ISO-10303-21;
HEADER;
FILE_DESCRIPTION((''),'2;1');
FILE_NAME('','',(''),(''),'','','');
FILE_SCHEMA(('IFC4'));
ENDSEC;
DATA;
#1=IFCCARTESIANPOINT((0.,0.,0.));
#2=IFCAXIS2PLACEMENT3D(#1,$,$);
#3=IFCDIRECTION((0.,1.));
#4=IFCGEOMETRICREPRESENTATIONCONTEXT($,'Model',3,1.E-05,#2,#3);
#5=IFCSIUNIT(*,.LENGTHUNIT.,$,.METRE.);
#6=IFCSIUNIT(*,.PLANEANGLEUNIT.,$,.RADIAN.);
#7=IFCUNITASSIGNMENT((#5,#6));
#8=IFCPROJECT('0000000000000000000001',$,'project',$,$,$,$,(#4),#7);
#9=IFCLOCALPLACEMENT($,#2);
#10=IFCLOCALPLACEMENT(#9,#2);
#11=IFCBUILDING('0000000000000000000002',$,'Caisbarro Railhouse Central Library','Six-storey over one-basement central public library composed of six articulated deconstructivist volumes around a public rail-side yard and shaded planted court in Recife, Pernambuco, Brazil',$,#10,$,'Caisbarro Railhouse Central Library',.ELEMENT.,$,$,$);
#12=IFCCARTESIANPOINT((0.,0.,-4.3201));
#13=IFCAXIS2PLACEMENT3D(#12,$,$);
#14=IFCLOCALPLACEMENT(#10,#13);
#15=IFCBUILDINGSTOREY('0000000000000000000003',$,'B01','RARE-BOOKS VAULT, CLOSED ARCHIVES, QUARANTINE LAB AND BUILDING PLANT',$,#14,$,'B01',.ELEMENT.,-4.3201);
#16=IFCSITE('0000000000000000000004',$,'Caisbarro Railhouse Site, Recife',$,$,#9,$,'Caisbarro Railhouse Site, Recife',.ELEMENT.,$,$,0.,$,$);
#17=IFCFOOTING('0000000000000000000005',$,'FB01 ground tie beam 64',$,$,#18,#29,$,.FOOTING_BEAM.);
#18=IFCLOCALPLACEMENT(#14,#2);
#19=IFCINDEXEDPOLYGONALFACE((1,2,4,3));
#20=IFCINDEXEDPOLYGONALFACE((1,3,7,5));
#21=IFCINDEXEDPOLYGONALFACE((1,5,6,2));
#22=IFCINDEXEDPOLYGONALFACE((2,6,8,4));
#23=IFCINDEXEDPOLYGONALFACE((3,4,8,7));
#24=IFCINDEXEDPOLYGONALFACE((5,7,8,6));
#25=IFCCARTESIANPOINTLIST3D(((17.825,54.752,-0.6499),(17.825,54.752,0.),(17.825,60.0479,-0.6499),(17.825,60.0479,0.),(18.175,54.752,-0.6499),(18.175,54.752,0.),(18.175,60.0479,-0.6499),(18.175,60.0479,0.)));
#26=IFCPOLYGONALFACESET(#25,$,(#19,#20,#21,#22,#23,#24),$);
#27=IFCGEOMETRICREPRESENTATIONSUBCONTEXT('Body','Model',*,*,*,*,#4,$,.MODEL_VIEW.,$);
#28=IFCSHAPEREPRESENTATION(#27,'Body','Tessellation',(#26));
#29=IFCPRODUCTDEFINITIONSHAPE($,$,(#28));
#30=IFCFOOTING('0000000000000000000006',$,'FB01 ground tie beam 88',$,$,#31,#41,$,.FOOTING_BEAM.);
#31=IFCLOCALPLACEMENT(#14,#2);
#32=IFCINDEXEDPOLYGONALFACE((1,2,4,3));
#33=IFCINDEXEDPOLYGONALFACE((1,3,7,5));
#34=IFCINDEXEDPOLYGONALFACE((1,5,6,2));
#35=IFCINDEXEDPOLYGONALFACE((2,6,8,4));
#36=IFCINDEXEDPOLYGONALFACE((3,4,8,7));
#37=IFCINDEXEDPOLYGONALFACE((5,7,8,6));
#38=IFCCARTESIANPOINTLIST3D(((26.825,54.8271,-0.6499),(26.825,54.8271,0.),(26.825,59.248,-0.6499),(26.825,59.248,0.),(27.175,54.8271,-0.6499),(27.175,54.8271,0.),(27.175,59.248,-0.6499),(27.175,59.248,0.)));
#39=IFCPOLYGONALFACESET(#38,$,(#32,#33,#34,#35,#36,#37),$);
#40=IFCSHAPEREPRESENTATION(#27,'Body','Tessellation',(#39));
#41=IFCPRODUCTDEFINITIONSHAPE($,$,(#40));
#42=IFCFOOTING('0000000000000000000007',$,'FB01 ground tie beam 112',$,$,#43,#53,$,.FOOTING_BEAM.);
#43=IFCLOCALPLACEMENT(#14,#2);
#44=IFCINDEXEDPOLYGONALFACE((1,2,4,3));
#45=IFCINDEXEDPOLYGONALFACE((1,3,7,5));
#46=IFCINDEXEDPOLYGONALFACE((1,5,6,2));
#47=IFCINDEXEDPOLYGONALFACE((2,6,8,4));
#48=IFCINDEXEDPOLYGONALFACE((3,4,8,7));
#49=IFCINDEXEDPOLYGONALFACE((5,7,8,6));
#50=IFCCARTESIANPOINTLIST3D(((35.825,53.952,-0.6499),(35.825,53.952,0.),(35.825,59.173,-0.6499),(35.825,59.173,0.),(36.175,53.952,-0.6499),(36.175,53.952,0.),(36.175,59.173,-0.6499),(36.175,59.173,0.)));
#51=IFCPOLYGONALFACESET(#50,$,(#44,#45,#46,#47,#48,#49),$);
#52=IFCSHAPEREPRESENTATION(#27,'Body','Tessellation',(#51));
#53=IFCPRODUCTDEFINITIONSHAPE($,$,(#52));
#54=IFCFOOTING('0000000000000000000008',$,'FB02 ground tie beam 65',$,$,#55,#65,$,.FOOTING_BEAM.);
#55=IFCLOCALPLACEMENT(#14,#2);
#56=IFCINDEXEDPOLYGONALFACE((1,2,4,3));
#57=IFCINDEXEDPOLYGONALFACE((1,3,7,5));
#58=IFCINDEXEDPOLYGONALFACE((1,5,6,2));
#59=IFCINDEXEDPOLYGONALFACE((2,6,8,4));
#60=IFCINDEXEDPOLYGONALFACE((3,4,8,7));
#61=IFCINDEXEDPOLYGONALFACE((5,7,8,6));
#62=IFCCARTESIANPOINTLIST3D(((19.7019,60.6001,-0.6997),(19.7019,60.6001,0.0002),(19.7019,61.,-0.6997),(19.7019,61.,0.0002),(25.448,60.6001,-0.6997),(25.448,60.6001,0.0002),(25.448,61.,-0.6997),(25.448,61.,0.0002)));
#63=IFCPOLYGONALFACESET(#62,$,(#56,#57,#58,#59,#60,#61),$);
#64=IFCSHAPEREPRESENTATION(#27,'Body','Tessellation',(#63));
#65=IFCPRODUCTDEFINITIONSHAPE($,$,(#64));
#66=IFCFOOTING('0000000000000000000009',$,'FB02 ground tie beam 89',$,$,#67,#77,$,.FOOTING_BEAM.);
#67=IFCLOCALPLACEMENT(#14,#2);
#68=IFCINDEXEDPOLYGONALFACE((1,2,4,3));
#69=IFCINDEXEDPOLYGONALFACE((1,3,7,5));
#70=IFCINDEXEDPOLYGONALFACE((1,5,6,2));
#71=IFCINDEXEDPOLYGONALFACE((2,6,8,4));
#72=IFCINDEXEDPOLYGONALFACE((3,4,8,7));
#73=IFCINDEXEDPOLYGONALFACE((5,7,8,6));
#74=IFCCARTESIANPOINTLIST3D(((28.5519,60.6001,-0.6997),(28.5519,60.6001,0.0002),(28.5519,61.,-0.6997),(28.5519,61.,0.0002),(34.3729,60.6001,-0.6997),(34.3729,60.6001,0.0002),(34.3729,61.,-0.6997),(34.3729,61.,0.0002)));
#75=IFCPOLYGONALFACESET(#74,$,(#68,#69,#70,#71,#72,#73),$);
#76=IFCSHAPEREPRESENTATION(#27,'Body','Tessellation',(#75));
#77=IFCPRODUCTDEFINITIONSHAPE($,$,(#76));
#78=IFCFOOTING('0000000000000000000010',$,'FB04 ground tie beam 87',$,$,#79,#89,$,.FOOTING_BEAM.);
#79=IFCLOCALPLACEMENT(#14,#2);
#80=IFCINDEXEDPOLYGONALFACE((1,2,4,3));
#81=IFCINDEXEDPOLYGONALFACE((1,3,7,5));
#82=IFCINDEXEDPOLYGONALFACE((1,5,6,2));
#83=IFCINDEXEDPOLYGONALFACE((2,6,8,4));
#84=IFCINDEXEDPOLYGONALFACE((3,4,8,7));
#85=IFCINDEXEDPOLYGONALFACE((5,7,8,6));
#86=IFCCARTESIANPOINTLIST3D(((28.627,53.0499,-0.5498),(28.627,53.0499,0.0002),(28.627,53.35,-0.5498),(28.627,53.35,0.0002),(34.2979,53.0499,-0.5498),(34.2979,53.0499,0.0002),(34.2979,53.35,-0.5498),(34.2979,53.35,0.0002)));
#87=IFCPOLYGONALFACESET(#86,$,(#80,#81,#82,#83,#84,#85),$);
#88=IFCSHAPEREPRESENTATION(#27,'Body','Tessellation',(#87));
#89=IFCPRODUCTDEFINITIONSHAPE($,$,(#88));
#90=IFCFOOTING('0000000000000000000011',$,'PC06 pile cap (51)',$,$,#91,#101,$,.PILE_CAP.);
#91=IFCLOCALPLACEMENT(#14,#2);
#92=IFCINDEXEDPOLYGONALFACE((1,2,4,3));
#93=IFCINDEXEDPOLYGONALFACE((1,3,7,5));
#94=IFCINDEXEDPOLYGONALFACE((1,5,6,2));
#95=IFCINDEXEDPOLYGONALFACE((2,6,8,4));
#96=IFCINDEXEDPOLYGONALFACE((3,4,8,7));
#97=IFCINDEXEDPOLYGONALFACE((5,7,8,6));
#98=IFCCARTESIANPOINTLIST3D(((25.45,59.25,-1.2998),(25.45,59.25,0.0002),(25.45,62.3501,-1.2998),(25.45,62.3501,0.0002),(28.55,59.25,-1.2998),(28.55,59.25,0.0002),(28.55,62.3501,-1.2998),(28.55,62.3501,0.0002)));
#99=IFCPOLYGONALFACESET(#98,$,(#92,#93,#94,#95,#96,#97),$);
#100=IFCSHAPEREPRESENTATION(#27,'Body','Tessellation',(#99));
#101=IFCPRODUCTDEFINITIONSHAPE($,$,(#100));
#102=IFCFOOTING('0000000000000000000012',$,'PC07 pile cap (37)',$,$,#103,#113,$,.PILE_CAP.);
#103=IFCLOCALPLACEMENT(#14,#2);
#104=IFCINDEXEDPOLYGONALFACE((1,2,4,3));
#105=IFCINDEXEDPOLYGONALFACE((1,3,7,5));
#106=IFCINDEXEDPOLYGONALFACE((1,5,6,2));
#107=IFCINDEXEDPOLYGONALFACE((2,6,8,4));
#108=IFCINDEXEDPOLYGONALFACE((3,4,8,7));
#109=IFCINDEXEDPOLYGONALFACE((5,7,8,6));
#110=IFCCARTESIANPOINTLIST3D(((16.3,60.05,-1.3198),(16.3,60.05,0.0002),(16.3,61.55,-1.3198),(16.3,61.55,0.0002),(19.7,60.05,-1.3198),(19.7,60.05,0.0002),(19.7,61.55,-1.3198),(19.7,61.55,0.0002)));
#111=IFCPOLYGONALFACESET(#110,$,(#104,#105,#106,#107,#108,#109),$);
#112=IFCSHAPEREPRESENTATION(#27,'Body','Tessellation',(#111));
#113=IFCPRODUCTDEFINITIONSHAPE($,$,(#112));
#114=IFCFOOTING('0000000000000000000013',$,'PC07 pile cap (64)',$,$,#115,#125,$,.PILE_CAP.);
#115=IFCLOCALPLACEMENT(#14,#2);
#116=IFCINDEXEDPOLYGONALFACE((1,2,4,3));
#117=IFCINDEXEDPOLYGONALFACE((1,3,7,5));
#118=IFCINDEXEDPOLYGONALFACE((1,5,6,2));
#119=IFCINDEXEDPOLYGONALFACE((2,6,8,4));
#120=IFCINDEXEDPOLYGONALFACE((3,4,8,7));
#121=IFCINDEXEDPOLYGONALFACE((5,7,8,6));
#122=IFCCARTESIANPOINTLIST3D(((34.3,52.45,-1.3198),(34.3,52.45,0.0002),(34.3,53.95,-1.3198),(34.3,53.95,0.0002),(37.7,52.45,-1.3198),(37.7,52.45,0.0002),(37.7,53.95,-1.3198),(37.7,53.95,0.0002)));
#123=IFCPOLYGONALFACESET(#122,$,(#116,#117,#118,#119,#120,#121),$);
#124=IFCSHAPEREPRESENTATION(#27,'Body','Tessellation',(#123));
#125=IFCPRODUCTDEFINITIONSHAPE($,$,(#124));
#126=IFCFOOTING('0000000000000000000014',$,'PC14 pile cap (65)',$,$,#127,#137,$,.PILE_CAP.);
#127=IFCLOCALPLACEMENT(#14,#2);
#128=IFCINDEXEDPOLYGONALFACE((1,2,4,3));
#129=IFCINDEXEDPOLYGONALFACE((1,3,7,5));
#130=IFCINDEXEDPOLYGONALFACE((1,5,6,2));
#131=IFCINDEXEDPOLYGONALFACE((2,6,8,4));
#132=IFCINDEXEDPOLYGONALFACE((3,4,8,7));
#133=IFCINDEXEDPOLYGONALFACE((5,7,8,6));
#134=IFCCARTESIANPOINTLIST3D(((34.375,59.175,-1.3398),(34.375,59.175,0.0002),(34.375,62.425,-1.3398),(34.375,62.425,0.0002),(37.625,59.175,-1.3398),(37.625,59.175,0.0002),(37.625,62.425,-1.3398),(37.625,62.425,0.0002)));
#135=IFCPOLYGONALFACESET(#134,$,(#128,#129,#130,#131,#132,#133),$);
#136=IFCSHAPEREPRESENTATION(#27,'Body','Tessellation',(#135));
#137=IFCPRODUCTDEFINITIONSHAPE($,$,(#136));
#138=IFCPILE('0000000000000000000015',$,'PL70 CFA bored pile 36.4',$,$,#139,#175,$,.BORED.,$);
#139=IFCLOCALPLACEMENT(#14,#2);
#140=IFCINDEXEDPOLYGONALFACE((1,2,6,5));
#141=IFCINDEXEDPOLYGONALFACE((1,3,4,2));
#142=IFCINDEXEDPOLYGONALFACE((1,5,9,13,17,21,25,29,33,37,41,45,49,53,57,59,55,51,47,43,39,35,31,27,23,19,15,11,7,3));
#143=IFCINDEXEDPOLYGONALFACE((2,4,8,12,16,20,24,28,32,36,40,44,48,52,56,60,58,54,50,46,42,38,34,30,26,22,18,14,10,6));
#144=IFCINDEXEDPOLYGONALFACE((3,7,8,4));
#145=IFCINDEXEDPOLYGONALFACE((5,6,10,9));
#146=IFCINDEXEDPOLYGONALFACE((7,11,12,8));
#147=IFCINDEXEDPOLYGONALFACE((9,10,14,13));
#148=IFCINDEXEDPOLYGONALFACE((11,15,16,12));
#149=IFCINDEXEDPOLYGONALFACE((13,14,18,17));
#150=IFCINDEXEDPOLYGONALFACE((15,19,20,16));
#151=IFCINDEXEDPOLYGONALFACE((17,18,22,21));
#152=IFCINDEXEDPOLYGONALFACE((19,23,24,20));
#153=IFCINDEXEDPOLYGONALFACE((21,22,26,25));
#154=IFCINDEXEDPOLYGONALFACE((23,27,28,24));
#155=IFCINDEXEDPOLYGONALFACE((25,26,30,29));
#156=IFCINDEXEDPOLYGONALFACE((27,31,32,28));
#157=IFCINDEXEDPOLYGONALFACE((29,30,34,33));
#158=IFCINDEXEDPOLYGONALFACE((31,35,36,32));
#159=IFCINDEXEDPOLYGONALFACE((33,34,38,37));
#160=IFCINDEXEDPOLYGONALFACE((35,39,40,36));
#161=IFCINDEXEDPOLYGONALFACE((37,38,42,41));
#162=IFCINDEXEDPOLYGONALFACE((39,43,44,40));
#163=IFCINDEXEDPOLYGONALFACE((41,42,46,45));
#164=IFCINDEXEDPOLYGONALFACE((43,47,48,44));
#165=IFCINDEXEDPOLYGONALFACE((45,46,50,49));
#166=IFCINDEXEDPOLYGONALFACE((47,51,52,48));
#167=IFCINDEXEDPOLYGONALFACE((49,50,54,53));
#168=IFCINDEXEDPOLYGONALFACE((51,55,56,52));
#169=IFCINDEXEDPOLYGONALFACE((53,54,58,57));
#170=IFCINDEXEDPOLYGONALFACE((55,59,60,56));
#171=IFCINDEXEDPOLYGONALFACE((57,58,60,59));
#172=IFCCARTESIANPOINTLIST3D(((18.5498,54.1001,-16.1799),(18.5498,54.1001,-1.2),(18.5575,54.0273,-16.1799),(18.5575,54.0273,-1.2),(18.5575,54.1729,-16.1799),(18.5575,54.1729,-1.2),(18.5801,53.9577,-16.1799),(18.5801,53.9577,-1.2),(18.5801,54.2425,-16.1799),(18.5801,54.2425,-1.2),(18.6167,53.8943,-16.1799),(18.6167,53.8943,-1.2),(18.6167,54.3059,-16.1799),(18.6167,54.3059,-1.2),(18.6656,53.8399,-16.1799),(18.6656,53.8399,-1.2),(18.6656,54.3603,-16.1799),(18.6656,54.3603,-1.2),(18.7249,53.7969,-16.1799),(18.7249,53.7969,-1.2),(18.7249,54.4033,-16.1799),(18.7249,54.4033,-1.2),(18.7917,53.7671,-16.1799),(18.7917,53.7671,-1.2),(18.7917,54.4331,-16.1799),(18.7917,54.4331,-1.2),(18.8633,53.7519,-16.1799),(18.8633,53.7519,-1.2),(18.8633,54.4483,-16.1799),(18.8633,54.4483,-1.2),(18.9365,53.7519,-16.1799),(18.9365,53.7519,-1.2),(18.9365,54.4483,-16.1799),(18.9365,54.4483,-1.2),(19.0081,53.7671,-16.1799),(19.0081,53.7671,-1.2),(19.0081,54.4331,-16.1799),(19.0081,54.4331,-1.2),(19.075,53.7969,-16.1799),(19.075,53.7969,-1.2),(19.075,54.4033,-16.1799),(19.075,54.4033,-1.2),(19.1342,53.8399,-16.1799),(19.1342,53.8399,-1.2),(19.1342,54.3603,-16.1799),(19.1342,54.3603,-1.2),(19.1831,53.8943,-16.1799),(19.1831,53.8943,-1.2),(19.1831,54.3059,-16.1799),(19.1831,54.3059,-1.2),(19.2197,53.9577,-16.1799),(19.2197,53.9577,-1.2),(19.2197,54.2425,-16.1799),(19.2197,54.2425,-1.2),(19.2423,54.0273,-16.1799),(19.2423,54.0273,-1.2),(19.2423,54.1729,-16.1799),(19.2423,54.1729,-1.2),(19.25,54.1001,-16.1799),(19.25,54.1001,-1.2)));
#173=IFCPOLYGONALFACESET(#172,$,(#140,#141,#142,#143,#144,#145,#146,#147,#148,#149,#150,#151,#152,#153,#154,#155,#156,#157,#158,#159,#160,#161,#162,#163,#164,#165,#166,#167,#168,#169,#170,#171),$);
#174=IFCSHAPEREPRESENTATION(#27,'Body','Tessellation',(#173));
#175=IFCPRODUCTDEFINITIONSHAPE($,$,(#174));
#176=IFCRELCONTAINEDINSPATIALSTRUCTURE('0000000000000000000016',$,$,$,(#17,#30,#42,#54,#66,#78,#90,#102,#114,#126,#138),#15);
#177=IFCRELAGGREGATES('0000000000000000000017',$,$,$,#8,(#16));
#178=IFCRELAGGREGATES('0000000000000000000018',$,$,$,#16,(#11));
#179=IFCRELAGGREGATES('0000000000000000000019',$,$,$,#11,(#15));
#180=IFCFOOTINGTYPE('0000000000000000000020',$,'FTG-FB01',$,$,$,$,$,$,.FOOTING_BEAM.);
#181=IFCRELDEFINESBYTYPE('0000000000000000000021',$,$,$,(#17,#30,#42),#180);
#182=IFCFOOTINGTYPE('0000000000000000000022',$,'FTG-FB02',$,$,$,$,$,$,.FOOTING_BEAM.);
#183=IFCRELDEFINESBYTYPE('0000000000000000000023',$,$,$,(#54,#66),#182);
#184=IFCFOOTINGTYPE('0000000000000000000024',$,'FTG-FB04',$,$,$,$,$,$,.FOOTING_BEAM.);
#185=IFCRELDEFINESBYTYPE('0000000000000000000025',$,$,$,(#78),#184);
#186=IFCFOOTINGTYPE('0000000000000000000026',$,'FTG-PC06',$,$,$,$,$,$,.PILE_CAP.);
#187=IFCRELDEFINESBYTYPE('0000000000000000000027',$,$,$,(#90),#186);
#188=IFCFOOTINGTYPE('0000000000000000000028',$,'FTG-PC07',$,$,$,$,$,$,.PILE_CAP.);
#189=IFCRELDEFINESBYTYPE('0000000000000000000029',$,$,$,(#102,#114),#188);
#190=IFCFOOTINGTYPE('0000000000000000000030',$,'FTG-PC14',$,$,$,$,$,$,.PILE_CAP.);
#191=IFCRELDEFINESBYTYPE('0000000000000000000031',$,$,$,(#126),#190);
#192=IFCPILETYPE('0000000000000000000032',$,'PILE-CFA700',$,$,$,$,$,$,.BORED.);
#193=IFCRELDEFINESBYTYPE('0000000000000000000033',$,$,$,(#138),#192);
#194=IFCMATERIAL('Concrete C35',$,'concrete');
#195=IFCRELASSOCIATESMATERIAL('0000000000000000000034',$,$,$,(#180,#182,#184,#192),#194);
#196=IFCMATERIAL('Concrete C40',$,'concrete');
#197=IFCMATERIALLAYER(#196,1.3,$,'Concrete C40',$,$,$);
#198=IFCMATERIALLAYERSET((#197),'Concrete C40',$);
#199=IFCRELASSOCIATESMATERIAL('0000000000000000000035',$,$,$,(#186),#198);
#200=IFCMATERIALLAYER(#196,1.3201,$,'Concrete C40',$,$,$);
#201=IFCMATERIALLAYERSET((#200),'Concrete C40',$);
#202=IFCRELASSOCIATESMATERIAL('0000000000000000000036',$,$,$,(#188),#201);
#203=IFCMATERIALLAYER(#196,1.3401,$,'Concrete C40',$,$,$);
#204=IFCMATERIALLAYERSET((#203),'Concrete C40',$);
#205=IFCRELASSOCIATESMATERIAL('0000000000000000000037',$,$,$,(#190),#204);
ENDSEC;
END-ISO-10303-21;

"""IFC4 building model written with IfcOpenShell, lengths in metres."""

from ifc_helpers import new_model, si_unit, direction, frame, origin, origin_2d, place, context, subcontext, project, spatial, rectangle, circle, extrude, material, layer, layer_set, material_profile, profile_set, type_object, element, save


model = new_model("IFC4")

# Units and contexts
model_context = context("Model", 3, precision=1e-05, world=origin(), true_north=direction((0.0, 1.0)))
body_context = subcontext(model_context, "Body", "Model", "MODEL_VIEW")
ifc_project = project(units=[si_unit("LENGTHUNIT", "METRE"), si_unit("PLANEANGLEUNIT", "RADIAN")], contexts=[model_context])

# Site, building, storey
site_placement = place(None, origin())
site = spatial("IfcSite", under=ifc_project, at=site_placement, Name="Caisbarro Railhouse Site, Recife", LongName="Caisbarro Railhouse Site, Recife", CompositionType="ELEMENT", RefElevation=0.0)
building_placement = place(site_placement, origin())
building = spatial("IfcBuilding", under=site, at=building_placement, Name="Caisbarro Railhouse Central Library", Description="Six-storey over one-basement central public library composed of six articulated deconstructivist volumes around a public rail-side yard and shaded planted court in Recife, Pernambuco, Brazil", LongName="Caisbarro Railhouse Central Library", CompositionType="ELEMENT")
storey_placement = place(building_placement, frame((0.0, 0.0, -4.3201)))
storey = spatial("IfcBuildingStorey", under=building, at=storey_placement, Name="B01", Description="RARE-BOOKS VAULT, CLOSED ARCHIVES, QUARANTINE LAB AND BUILDING PLANT", LongName="B01", CompositionType="ELEMENT", Elevation=-4.3201)

# Footings
ifc_material_1 = material(Name="Concrete C35", Category="concrete")
footing_type_1 = type_object("IfcFootingType", Name="FTG-FB01", PredefinedType="FOOTING_BEAM", material=ifc_material_1)
footing_1_placement = place(storey_placement, frame((18.0, 57.3999, -0.6499), z_axis=(0.0, 0.0, 1.0), x_axis=(0.0, 1.0, 0.0)))
element("IfcFooting", 1, at=footing_1_placement, inside=storey, type_object=footing_type_1, Name="FB01 ground tie beam 64", PredefinedType="FOOTING_BEAM", context=body_context, shape_type="SweptSolid", body=[
    extrude(rectangle(XDim=5.2959, YDim=0.3501, at=origin_2d()), origin(), (0.0, 0.0, 1.0), 0.6499),
])
footing_2_placement = place(storey_placement, frame((27.0, 57.0376, -0.6499), z_axis=(0.0, 0.0, 1.0), x_axis=(0.0, 1.0, 0.0)))
element("IfcFooting", 2, at=footing_2_placement, inside=storey, type_object=footing_type_1, Name="FB01 ground tie beam 88", PredefinedType="FOOTING_BEAM", context=body_context, shape_type="SweptSolid", body=[
    extrude(rectangle(XDim=4.4209, YDim=0.3501, at=origin_2d()), origin(), (0.0, 0.0, 1.0), 0.6499),
])
footing_3_placement = place(storey_placement, frame((36.0, 56.5625, -0.6499), z_axis=(0.0, 0.0, 1.0), x_axis=(0.0, 1.0, 0.0)))
element("IfcFooting", 3, at=footing_3_placement, inside=storey, type_object=footing_type_1, Name="FB01 ground tie beam 112", PredefinedType="FOOTING_BEAM", context=body_context, shape_type="SweptSolid", body=[
    extrude(rectangle(XDim=5.2209, YDim=0.3501, at=origin_2d()), origin(), (0.0, 0.0, 1.0), 0.6499),
])
footing_type_2 = type_object("IfcFootingType", Name="FTG-FB02", PredefinedType="FOOTING_BEAM", material=ifc_material_1)
footing_4_placement = place(storey_placement, frame((22.575, 60.8, -0.6997), z_axis=(0.0, 0.0, 1.0), x_axis=(1.0, 0.0, 0.0)))
element("IfcFooting", 4, at=footing_4_placement, inside=storey, type_object=footing_type_2, Name="FB02 ground tie beam 65", PredefinedType="FOOTING_BEAM", context=body_context, shape_type="SweptSolid", body=[
    extrude(rectangle(XDim=5.7461, YDim=0.3999, at=origin_2d()), origin(), (0.0, 0.0, 1.0), 0.7),
])
footing_5_placement = place(storey_placement, frame((31.4624, 60.8, -0.6997), z_axis=(0.0, 0.0, 1.0), x_axis=(1.0, 0.0, 0.0)))
element("IfcFooting", 5, at=footing_5_placement, inside=storey, type_object=footing_type_2, Name="FB02 ground tie beam 89", PredefinedType="FOOTING_BEAM", context=body_context, shape_type="SweptSolid", body=[
    extrude(rectangle(XDim=5.821, YDim=0.3999, at=origin_2d()), origin(), (0.0, 0.0, 1.0), 0.7),
])
footing_type_3 = type_object("IfcFootingType", Name="FTG-FB04", PredefinedType="FOOTING_BEAM", material=ifc_material_1)
footing_6_placement = place(storey_placement, frame((31.4624, 53.2, -0.5498), z_axis=(0.0, 0.0, 1.0), x_axis=(1.0, 0.0, 0.0)))
element("IfcFooting", 6, at=footing_6_placement, inside=storey, type_object=footing_type_3, Name="FB04 ground tie beam 87", PredefinedType="FOOTING_BEAM", context=body_context, shape_type="SweptSolid", body=[
    extrude(rectangle(XDim=5.6709, YDim=0.3, at=origin_2d()), origin(), (0.0, 0.0, 1.0), 0.55),
])
ifc_material_2 = material(Name="Concrete C40", Category="concrete")
ifc_layer_1 = layer(ifc_material_2, 1.3, Name="Concrete C40")
ifc_layer_set_1 = layer_set([ifc_layer_1], Name="Concrete C40")
footing_type_4 = type_object("IfcFootingType", Name="FTG-PC06", PredefinedType="PILE_CAP", material=ifc_layer_set_1)
footing_7_placement = place(storey_placement, frame((27.0, 60.8, -1.2998), z_axis=(0.0, 0.0, 1.0), x_axis=(1.0, 0.0, 0.0)))
element("IfcFooting", 7, at=footing_7_placement, inside=storey, type_object=footing_type_4, Name="PC06 pile cap (51)", PredefinedType="PILE_CAP", context=body_context, shape_type="SweptSolid", body=[
    extrude(rectangle(XDim=3.1001, YDim=3.1001, at=origin_2d()), origin(), (0.0, 0.0, 1.0), 1.3),
])
ifc_layer_2 = layer(ifc_material_2, 1.3201, Name="Concrete C40")
ifc_layer_set_2 = layer_set([ifc_layer_2], Name="Concrete C40")
footing_type_5 = type_object("IfcFootingType", Name="FTG-PC07", PredefinedType="PILE_CAP", material=ifc_layer_set_2)
for number, where, z_axis, x_axis, name in (
    (8, (18.0, 60.8, -1.3198), (0.0, 0.0, 1.0), (1.0, 0.0, 0.0), "PC07 pile cap (37)"),
    (9, (36.0, 53.2, -1.3198), (0.0, 0.0, 1.0), (1.0, 0.0, 0.0), "PC07 pile cap (64)"),
):
    element("IfcFooting", number, at=place(storey_placement, frame(where, z_axis=z_axis, x_axis=x_axis)), inside=storey, type_object=footing_type_5, Name=name, PredefinedType="PILE_CAP", context=body_context, shape_type="SweptSolid", body=[
        extrude(rectangle(XDim=3.3999, YDim=1.5, at=origin_2d()), origin(), (0.0, 0.0, 1.0), 1.3201),
    ])
ifc_layer_3 = layer(ifc_material_2, 1.3401, Name="Concrete C40")
ifc_layer_set_3 = layer_set([ifc_layer_3], Name="Concrete C40")
footing_type_6 = type_object("IfcFootingType", Name="FTG-PC14", PredefinedType="PILE_CAP", material=ifc_layer_set_3)
footing_8_placement = place(storey_placement, frame((36.0, 60.8, -1.3398), z_axis=(0.0, 0.0, 1.0), x_axis=(1.0, 0.0, 0.0)))
element("IfcFooting", 10, at=footing_8_placement, inside=storey, type_object=footing_type_6, Name="PC14 pile cap (65)", PredefinedType="PILE_CAP", context=body_context, shape_type="SweptSolid", body=[
    extrude(rectangle(XDim=3.25, YDim=3.25, at=origin_2d()), origin(), (0.0, 0.0, 1.0), 1.3401),
])

# Pile
ifc_material_profile_1 = material_profile(ifc_material_1, circle(Radius=0.3501, at=origin_2d()), Name="PILE-CFA-700")
ifc_profile_set_1 = profile_set([ifc_material_profile_1], Name="Concrete C35")
pile_type_1 = type_object("IfcPileType", Name="PILE-CFA700", PredefinedType="BORED", material=ifc_profile_set_1)
pile_placement = place(storey_placement, frame((18.8999, 54.1001, -1.2), z_axis=(0.0, 0.0, -1.0), x_axis=(1.0, 0.0, 0.0)))
element("IfcPile", 11, at=pile_placement, inside=storey, type_object=pile_type_1, Name="PL70 CFA bored pile 36.4", PredefinedType="BORED", context=body_context, shape_type="SweptSolid", body=[
    extrude(circle(Radius=0.3501, at=origin_2d()), origin(), (0.0, 0.0, 1.0), 14.98),
])

save(model, "model.ifc")
